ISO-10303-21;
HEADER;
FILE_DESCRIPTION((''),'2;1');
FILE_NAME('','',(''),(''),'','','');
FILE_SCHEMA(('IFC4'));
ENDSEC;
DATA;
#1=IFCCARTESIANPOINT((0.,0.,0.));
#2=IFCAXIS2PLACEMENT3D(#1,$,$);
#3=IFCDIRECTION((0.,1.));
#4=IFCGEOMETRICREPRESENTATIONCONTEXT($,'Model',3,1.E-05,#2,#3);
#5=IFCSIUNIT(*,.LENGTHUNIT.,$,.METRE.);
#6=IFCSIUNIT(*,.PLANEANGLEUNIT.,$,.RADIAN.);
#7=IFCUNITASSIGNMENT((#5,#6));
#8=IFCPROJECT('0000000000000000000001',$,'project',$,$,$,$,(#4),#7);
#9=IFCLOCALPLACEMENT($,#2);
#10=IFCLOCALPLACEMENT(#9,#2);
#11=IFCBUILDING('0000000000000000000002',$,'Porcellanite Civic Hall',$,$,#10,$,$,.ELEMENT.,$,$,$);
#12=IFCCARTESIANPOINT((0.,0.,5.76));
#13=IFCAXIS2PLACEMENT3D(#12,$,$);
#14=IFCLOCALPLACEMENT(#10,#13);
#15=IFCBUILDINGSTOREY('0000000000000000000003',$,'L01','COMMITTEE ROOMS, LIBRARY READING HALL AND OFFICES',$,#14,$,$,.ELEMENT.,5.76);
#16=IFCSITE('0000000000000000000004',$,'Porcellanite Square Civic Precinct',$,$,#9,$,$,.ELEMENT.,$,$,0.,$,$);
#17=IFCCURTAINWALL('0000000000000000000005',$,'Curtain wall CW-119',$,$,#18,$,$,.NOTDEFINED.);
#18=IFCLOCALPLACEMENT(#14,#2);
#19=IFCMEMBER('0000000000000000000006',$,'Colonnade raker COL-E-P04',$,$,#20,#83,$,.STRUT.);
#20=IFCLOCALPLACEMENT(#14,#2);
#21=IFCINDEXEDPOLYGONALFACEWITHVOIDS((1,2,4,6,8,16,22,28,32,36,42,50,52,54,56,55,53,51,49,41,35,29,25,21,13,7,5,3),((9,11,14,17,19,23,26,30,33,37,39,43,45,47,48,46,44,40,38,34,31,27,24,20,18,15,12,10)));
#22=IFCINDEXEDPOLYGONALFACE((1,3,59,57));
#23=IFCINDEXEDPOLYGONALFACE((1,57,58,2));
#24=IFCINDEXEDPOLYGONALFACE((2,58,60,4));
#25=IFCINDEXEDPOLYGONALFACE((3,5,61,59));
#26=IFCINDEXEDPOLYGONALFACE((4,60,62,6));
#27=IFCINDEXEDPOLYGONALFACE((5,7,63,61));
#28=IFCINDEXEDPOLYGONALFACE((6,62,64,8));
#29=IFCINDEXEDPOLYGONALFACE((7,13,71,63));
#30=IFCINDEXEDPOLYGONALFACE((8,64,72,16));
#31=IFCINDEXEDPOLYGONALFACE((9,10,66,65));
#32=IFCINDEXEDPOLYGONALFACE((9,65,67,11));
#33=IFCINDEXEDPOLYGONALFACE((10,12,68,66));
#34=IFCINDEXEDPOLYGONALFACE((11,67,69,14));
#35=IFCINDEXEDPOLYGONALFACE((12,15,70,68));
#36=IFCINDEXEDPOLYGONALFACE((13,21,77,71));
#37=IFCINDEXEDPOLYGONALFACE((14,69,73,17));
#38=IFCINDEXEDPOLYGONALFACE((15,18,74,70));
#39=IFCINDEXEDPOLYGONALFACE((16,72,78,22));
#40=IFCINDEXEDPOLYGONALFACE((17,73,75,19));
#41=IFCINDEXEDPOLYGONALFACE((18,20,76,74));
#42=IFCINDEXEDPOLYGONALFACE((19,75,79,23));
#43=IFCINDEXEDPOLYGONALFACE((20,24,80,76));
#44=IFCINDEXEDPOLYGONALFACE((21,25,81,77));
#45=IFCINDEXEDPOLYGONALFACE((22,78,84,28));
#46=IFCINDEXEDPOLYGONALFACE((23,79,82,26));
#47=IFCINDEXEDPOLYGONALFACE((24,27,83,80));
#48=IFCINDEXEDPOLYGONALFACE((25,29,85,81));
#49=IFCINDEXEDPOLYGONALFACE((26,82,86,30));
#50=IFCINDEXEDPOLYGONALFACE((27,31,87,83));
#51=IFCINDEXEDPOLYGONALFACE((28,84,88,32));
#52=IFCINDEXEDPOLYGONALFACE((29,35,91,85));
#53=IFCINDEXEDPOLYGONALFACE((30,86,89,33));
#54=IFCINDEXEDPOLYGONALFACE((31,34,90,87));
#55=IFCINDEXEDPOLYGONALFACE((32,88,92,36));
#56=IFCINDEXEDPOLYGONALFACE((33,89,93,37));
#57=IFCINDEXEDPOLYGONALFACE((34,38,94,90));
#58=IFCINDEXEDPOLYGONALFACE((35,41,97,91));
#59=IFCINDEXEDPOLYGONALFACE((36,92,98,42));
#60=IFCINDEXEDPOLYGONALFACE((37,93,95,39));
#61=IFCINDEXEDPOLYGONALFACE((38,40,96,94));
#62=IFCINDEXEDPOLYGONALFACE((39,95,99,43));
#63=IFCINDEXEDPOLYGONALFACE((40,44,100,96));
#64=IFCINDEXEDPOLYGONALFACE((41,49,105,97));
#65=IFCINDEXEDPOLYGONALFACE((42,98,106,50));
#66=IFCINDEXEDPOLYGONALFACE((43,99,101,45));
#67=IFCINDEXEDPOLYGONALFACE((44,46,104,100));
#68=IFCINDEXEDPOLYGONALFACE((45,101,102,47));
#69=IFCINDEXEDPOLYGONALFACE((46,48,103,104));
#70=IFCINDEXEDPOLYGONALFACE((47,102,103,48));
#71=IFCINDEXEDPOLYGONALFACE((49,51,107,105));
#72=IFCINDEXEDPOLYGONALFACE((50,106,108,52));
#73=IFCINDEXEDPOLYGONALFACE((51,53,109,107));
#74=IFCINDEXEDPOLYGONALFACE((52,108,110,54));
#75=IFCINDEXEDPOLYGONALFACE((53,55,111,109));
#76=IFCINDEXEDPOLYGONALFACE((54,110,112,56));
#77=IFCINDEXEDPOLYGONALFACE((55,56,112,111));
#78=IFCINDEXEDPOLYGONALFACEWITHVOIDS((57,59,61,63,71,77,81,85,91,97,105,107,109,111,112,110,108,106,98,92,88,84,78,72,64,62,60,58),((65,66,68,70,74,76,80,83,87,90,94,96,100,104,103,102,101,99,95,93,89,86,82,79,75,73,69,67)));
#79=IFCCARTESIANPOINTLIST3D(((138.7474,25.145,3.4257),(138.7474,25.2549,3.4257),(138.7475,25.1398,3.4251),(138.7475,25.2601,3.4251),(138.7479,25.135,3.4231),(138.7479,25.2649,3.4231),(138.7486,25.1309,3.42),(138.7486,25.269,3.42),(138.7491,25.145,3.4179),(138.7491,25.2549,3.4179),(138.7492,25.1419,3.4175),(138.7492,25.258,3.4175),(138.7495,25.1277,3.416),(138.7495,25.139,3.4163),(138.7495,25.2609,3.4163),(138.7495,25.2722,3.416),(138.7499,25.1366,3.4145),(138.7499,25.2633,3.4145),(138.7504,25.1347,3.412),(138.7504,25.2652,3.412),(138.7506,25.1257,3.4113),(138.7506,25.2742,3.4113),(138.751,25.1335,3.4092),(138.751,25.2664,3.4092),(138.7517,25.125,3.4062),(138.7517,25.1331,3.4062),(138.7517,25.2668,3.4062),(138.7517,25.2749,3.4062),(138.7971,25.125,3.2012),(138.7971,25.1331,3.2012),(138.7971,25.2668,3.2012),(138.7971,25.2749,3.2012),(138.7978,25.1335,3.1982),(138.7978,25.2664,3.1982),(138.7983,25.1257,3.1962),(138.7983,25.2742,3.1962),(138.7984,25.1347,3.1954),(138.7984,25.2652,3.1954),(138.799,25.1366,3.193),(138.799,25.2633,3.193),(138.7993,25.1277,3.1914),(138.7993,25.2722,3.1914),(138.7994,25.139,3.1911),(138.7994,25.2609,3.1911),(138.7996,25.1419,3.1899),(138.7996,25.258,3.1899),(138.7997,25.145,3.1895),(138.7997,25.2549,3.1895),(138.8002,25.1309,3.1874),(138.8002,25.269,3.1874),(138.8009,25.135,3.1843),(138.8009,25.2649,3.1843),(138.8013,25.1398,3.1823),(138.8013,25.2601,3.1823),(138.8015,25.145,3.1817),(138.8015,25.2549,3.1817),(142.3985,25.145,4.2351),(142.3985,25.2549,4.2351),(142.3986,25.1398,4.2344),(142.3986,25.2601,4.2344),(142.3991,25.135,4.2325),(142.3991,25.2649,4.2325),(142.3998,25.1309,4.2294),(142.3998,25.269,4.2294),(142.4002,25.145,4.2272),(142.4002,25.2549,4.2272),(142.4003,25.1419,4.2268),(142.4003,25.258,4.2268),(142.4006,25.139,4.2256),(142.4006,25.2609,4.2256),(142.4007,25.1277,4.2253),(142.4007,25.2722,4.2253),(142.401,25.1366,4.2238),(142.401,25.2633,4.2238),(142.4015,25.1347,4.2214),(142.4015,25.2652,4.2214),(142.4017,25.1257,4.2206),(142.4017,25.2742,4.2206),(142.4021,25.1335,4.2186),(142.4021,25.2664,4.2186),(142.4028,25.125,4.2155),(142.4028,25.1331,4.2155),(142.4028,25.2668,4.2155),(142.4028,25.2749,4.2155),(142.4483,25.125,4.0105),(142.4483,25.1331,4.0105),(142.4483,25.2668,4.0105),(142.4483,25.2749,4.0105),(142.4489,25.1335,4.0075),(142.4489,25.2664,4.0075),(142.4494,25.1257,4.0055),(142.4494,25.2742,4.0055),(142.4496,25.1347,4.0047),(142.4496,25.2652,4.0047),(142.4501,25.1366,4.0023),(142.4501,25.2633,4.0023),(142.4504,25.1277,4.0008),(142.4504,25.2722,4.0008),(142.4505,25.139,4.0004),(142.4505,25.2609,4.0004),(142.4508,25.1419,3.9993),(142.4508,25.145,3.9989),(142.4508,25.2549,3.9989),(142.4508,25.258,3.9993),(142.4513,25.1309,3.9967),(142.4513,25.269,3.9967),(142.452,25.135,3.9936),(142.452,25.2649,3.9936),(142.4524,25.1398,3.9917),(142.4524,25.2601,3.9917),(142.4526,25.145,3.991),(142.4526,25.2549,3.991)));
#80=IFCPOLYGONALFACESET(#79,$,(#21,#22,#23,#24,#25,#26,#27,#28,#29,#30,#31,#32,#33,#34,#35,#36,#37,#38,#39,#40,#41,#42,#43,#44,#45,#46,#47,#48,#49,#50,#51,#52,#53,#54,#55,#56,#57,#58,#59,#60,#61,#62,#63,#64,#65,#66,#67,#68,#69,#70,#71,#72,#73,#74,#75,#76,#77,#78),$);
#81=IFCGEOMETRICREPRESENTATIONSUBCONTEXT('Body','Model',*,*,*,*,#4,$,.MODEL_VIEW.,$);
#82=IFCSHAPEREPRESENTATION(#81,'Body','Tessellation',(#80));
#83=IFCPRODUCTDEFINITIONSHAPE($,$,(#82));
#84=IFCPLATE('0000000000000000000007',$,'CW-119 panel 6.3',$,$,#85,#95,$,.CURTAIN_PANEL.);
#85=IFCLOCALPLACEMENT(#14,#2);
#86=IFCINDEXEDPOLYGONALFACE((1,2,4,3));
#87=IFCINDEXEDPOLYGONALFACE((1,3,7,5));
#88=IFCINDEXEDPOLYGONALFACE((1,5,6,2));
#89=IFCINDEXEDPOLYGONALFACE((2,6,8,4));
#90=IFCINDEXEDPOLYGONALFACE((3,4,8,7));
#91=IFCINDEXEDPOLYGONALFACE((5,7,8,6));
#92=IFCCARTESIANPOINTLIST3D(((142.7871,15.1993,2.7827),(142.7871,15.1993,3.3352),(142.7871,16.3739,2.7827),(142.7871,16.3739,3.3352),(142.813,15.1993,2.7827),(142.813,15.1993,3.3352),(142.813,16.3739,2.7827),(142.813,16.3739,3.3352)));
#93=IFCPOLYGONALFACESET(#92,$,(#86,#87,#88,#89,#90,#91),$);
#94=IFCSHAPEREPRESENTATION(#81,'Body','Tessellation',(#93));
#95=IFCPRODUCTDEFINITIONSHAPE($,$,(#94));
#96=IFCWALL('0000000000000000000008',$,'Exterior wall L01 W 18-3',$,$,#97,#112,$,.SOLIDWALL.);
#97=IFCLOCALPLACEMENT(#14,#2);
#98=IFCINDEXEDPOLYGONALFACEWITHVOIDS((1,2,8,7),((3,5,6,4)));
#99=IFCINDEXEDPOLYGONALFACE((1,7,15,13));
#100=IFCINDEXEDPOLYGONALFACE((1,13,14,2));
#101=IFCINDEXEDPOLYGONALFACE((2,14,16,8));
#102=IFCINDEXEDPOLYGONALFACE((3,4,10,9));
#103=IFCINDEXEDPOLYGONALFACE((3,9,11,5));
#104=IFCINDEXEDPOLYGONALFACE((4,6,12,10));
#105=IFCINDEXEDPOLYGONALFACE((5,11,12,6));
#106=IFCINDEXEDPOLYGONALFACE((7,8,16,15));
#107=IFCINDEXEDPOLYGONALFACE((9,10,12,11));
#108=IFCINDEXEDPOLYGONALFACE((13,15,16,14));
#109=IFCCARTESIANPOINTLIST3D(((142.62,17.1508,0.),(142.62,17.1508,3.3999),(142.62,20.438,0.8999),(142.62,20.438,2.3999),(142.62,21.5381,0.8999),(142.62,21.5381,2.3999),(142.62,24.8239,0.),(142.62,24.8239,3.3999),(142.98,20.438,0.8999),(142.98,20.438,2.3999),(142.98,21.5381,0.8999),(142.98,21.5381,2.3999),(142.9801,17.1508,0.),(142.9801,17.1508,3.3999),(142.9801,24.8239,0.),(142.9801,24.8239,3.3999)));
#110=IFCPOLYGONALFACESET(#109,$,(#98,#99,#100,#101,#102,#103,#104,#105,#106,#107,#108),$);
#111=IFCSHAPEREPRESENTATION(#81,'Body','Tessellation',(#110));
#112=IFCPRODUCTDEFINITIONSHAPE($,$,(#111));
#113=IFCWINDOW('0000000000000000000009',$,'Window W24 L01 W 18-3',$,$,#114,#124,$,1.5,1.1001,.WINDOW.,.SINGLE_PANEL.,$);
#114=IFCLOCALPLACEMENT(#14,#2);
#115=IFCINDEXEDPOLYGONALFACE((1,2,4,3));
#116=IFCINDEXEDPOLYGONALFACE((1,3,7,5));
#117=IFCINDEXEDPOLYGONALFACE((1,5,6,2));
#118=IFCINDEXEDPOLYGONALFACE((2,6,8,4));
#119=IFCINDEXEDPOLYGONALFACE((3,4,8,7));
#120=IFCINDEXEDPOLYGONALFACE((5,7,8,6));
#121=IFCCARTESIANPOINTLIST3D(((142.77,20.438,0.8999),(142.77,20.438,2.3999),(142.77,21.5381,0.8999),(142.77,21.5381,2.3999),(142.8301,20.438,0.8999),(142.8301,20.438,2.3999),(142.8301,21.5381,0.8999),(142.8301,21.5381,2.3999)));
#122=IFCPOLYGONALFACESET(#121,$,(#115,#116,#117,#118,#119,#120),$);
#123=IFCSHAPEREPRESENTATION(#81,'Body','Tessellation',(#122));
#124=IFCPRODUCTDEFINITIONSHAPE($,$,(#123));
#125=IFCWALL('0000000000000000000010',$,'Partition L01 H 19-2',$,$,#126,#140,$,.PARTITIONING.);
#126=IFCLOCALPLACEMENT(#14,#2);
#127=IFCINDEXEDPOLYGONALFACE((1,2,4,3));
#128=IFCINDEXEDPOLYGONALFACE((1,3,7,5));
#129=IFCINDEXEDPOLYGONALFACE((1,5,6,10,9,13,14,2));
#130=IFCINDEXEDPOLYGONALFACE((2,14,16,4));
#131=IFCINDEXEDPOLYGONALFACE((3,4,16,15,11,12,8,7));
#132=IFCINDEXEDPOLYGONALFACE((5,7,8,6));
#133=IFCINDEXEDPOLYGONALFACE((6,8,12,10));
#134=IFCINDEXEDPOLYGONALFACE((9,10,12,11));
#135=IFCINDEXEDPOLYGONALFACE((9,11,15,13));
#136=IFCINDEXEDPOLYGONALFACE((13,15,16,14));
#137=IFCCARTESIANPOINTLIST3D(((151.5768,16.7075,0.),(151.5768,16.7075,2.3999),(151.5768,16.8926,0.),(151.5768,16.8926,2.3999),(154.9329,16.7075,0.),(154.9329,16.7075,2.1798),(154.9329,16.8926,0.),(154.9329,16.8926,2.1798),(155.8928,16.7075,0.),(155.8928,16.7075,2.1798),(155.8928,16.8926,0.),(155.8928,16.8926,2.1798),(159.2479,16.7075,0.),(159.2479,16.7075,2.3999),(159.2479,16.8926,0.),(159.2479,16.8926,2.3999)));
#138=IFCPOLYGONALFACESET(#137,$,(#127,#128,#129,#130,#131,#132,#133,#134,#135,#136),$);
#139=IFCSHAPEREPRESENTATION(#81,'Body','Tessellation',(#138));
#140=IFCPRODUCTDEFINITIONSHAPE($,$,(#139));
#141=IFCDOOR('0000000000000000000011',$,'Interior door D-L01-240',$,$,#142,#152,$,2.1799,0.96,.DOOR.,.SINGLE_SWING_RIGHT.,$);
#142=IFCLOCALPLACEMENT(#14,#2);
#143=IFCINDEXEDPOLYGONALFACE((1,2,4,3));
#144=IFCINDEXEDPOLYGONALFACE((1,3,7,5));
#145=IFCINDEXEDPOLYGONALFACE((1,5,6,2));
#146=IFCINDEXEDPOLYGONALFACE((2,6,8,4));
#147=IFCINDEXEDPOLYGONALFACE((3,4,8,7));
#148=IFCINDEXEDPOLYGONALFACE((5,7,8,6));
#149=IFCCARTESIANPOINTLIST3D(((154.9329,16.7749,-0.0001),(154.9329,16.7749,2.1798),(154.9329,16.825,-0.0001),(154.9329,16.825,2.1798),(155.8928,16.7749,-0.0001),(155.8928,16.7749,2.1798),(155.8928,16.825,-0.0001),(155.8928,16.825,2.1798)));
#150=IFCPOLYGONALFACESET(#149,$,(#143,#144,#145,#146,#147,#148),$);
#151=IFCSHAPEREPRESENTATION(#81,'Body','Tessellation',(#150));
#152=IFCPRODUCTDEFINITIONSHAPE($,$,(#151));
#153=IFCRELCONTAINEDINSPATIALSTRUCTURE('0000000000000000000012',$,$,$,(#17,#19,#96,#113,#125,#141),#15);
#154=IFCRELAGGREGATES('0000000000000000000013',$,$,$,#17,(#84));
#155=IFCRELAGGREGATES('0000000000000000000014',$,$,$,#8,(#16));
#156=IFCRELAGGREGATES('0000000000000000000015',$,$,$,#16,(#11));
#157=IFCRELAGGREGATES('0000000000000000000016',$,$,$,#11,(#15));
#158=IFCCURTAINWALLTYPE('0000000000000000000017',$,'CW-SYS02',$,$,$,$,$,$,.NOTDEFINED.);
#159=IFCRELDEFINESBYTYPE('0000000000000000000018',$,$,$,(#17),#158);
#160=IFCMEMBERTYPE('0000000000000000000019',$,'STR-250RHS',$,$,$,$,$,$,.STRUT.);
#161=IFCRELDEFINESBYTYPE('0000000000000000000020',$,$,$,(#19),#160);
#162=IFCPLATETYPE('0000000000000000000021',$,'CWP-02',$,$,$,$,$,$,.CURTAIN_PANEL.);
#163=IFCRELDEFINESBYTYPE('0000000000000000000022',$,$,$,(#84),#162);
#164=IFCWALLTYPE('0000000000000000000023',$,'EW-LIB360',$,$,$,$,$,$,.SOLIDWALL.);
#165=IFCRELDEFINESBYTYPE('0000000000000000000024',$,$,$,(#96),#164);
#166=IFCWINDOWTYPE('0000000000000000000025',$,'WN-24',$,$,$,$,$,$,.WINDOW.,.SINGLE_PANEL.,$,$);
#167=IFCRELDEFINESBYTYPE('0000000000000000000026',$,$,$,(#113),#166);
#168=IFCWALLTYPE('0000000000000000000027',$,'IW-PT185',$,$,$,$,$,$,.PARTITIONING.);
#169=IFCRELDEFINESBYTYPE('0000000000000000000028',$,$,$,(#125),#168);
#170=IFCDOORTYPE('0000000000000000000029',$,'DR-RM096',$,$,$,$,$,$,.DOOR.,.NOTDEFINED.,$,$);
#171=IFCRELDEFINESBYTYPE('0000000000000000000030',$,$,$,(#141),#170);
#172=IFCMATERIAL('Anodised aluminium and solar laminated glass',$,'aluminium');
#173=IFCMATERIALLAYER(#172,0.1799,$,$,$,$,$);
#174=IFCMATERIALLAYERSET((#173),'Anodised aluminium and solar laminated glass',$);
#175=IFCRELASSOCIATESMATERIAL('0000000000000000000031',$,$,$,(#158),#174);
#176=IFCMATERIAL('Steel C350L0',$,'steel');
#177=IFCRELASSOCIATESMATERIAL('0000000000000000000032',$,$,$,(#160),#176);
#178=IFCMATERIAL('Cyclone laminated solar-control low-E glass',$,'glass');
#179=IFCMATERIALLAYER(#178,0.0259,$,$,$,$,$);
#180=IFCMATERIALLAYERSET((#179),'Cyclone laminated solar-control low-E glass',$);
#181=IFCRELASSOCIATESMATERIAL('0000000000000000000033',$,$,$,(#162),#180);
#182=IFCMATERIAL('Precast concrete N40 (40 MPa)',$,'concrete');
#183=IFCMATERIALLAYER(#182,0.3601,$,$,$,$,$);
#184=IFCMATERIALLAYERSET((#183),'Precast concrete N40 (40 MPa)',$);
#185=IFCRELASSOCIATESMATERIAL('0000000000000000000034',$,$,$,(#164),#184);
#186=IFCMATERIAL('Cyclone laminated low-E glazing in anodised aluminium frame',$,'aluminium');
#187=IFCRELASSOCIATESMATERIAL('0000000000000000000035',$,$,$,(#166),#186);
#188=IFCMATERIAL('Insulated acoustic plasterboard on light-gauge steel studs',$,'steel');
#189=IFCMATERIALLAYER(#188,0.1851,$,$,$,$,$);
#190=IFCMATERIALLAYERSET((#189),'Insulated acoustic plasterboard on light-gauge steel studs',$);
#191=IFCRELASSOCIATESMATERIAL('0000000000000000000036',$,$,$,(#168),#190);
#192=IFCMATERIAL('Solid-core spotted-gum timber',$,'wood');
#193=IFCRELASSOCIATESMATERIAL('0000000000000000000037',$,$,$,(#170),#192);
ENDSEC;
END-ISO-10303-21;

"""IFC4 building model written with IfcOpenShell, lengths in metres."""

from ifc_helpers import new_model, si_unit, direction, frame, frame_2d, origin, origin_2d, place, context, subcontext, project, spatial, rectangle, hollow_rectangle, extrude, material, layer, layer_set, material_profile, profile_set, type_object, element, fill, aggregate, save


model = new_model("IFC4")

# Units and contexts
model_context = context("Model", 3, precision=1e-05, world=origin(), true_north=direction((0.0, 1.0)))
body_context = subcontext(model_context, "Body", "Model", "MODEL_VIEW")
ifc_project = project(units=[si_unit("LENGTHUNIT", "METRE"), si_unit("PLANEANGLEUNIT", "RADIAN")], contexts=[model_context])

# Site, building, storey
site_placement = place(None, origin())
site = spatial("IfcSite", under=ifc_project, at=site_placement, Name="Porcellanite Square Civic Precinct", CompositionType="ELEMENT", RefElevation=0.0)
building_placement = place(site_placement, origin())
building = spatial("IfcBuilding", under=site, at=building_placement, Name="Porcellanite Civic Hall", CompositionType="ELEMENT")
storey_placement = place(building_placement, frame((0.0, 0.0, 5.76)))
storey = spatial("IfcBuildingStorey", under=building, at=storey_placement, Name="L01", Description="COMMITTEE ROOMS, LIBRARY READING HALL AND OFFICES", CompositionType="ELEMENT", Elevation=5.76)

# Curtain wall
ifc_material_1 = material(Name="Anodised aluminium and solar laminated glass", Category="aluminium")
ifc_layer_1 = layer(ifc_material_1, 0.1799)
ifc_layer_set_1 = layer_set([ifc_layer_1], Name="Anodised aluminium and solar laminated glass")
curtain_wall_type = type_object("IfcCurtainWallType", Name="CW-SYS02", PredefinedType="NOTDEFINED", material=ifc_layer_set_1)
curtain_wall_placement = place(storey_placement, origin())
curtain_wall = element("IfcCurtainWall", 1, at=curtain_wall_placement, inside=storey, type_object=curtain_wall_type, Name="Curtain wall CW-119", PredefinedType="NOTDEFINED")

# Member
ifc_material_2 = material(Name="Steel C350L0", Category="steel")
ifc_material_profile_1 = material_profile(ifc_material_2, hollow_rectangle(XDim=0.1499, YDim=0.25, WallThickness=0.0081, InnerFilletRadius=0.012, OuterFilletRadius=0.02, at=origin_2d()), Name="250x150x8.0RHS")
ifc_profile_set_1 = profile_set([ifc_material_profile_1], Name="Steel C350L0")
member_type_1 = type_object("IfcMemberType", Name="STR-250RHS", PredefinedType="STRUT", material=ifc_profile_set_1)
member_1_placement = place(storey_placement, frame((142.4255, 25.2, 4.113), z_axis=(-0.976302, 0.0, -0.216412), x_axis=(0.0, -1.0, 0.0)))
element("IfcMember", 2, at=member_1_placement, inside=storey, type_object=member_type_1, Name="Colonnade raker COL-E-P04", PredefinedType="STRUT", context=body_context, shape_type="SweptSolid", body=[
    extrude(hollow_rectangle(XDim=0.1499, YDim=0.25, WallThickness=0.0081, InnerFilletRadius=0.012, OuterFilletRadius=0.02, at=origin_2d()), origin(), (0.0, 0.0, 1.0), 3.7397),
])

# Plate
ifc_material_3 = material(Name="Cyclone laminated solar-control low-E glass", Category="glass")
ifc_layer_2 = layer(ifc_material_3, 0.0259)
ifc_layer_set_2 = layer_set([ifc_layer_2], Name="Cyclone laminated solar-control low-E glass")
plate_type = type_object("IfcPlateType", Name="CWP-02", PredefinedType="CURTAIN_PANEL", material=ifc_layer_set_2)
plate_placement = place(storey_placement, frame((142.8, 15.7866, 2.7827), z_axis=(0.0, 0.0, 1.0), x_axis=(0.0, 1.0, 0.0)))
plate = element("IfcPlate", 3, at=plate_placement, type_object=plate_type, Name="CW-119 panel 6.3", PredefinedType="CURTAIN_PANEL", context=body_context, shape_type="SweptSolid", body=[
    extrude(rectangle(XDim=1.1746, YDim=0.0259, at=origin_2d()), origin(), (0.0, 0.0, 1.0), 0.5525),
])
aggregate(curtain_wall, [plate])

# Wall, opening, window
ifc_material_4 = material(Name="Precast concrete N40 (40 MPa)", Category="concrete")
ifc_layer_3 = layer(ifc_material_4, 0.3601)
ifc_layer_set_3 = layer_set([ifc_layer_3], Name="Precast concrete N40 (40 MPa)")
wall_type_1 = type_object("IfcWallType", Name="EW-LIB360", PredefinedType="SOLIDWALL", material=ifc_layer_set_3)
wall_1_placement = place(storey_placement, frame((142.8, 17.1509, 0.0), z_axis=(0.0, 0.0, 1.0), x_axis=(0.0, 1.0, 0.0)))
wall_1 = element("IfcWall", 4, at=wall_1_placement, inside=storey, type_object=wall_type_1, Name="Exterior wall L01 W 18-3", PredefinedType="SOLIDWALL", context=body_context, shape_type="SweptSolid", body=[
    extrude(rectangle(XDim=7.6731, YDim=0.3601, at=frame_2d((3.8364, 0.0))), origin(), (0.0, 0.0, 1.0), 3.3999),
])
opening_1_placement = place(wall_1_placement, frame((3.2871, 0.0, 0.8999)))
opening_1 = element("IfcOpeningElement", 5, at=opening_1_placement, cuts=wall_1, PredefinedType="OPENING", context=body_context, shape_type="SweptSolid", body=[
    extrude(rectangle(XDim=1.1001, YDim=1.5, at=frame_2d((0.55, 0.75))), frame((0.0, 0.1802, 0.0), z_axis=(0.0, -1.0, 0.0), x_axis=(1.0, 0.0, 0.0)), (0.0, 0.0, 1.0), 0.3601),
])
ifc_material_5 = material(Name="Cyclone laminated low-E glazing in anodised aluminium frame", Category="aluminium")
window_type = type_object("IfcWindowType", Name="WN-24", PartitioningType="SINGLE_PANEL", PredefinedType="WINDOW", material=ifc_material_5)
window_placement = place(opening_1_placement, origin())
window = element("IfcWindow", 6, at=window_placement, inside=storey, type_object=window_type, Name="Window W24 L01 W 18-3", OverallHeight=1.5, OverallWidth=1.1001, PartitioningType="SINGLE_PANEL", PredefinedType="WINDOW", context=body_context, shape_type="SweptSolid", body=[
    extrude(rectangle(XDim=1.1001, YDim=1.5, at=frame_2d((0.55, 0.75))), frame((0.0, 0.03, 0.0), z_axis=(0.0, -1.0, 0.0), x_axis=(1.0, 0.0, 0.0)), (0.0, 0.0, 1.0), 0.0601),
])
fill(opening_1, window)

# Wall, opening, door
ifc_material_6 = material(Name="Insulated acoustic plasterboard on light-gauge steel studs", Category="steel")
ifc_layer_4 = layer(ifc_material_6, 0.1851)
ifc_layer_set_4 = layer_set([ifc_layer_4], Name="Insulated acoustic plasterboard on light-gauge steel studs")
wall_type_2 = type_object("IfcWallType", Name="IW-PT185", PredefinedType="PARTITIONING", material=ifc_layer_set_4)
wall_2_placement = place(storey_placement, frame((151.5769, 16.8, 0.0), z_axis=(0.0, 0.0, 1.0), x_axis=(1.0, 0.0, 0.0)))
wall_2 = element("IfcWall", 7, at=wall_2_placement, inside=storey, type_object=wall_type_2, Name="Partition L01 H 19-2", PredefinedType="PARTITIONING", context=body_context, shape_type="SweptSolid", body=[
    extrude(rectangle(XDim=7.6711, YDim=0.1851, at=frame_2d((3.8354, 0.0))), origin(), (0.0, 0.0, 1.0), 2.3999),
])
opening_2_placement = place(wall_2_placement, frame((3.356, 0.0, 0.0)))
opening_2 = element("IfcOpeningElement", 8, at=opening_2_placement, cuts=wall_2, PredefinedType="OPENING", context=body_context, shape_type="SweptSolid", body=[
    extrude(rectangle(XDim=0.96, YDim=2.1799, at=frame_2d((0.48, 1.0898))), frame((0.0, 0.0925, 0.0), z_axis=(0.0, -1.0, 0.0), x_axis=(1.0, 0.0, 0.0)), (0.0, 0.0, 1.0), 0.1851),
])
ifc_material_7 = material(Name="Solid-core spotted-gum timber", Category="wood")
door_type_1 = type_object("IfcDoorType", Name="DR-RM096", OperationType="NOTDEFINED", PredefinedType="DOOR", material=ifc_material_7)
door_1_placement = place(opening_2_placement, origin())
door_1 = element("IfcDoor", 9, at=door_1_placement, inside=storey, type_object=door_type_1, Name="Interior door D-L01-240", OperationType="SINGLE_SWING_RIGHT", OverallHeight=2.1799, OverallWidth=0.96, PredefinedType="DOOR", context=body_context, shape_type="SweptSolid", body=[
    extrude(rectangle(XDim=0.96, YDim=2.1799, at=frame_2d((0.48, 1.0898))), frame((0.0, 0.0249, 0.0), z_axis=(0.0, -1.0, 0.0), x_axis=(1.0, 0.0, 0.0)), (0.0, 0.0, 1.0), 0.05),
])
fill(opening_2, door_1)

save(model, "model.ifc")
